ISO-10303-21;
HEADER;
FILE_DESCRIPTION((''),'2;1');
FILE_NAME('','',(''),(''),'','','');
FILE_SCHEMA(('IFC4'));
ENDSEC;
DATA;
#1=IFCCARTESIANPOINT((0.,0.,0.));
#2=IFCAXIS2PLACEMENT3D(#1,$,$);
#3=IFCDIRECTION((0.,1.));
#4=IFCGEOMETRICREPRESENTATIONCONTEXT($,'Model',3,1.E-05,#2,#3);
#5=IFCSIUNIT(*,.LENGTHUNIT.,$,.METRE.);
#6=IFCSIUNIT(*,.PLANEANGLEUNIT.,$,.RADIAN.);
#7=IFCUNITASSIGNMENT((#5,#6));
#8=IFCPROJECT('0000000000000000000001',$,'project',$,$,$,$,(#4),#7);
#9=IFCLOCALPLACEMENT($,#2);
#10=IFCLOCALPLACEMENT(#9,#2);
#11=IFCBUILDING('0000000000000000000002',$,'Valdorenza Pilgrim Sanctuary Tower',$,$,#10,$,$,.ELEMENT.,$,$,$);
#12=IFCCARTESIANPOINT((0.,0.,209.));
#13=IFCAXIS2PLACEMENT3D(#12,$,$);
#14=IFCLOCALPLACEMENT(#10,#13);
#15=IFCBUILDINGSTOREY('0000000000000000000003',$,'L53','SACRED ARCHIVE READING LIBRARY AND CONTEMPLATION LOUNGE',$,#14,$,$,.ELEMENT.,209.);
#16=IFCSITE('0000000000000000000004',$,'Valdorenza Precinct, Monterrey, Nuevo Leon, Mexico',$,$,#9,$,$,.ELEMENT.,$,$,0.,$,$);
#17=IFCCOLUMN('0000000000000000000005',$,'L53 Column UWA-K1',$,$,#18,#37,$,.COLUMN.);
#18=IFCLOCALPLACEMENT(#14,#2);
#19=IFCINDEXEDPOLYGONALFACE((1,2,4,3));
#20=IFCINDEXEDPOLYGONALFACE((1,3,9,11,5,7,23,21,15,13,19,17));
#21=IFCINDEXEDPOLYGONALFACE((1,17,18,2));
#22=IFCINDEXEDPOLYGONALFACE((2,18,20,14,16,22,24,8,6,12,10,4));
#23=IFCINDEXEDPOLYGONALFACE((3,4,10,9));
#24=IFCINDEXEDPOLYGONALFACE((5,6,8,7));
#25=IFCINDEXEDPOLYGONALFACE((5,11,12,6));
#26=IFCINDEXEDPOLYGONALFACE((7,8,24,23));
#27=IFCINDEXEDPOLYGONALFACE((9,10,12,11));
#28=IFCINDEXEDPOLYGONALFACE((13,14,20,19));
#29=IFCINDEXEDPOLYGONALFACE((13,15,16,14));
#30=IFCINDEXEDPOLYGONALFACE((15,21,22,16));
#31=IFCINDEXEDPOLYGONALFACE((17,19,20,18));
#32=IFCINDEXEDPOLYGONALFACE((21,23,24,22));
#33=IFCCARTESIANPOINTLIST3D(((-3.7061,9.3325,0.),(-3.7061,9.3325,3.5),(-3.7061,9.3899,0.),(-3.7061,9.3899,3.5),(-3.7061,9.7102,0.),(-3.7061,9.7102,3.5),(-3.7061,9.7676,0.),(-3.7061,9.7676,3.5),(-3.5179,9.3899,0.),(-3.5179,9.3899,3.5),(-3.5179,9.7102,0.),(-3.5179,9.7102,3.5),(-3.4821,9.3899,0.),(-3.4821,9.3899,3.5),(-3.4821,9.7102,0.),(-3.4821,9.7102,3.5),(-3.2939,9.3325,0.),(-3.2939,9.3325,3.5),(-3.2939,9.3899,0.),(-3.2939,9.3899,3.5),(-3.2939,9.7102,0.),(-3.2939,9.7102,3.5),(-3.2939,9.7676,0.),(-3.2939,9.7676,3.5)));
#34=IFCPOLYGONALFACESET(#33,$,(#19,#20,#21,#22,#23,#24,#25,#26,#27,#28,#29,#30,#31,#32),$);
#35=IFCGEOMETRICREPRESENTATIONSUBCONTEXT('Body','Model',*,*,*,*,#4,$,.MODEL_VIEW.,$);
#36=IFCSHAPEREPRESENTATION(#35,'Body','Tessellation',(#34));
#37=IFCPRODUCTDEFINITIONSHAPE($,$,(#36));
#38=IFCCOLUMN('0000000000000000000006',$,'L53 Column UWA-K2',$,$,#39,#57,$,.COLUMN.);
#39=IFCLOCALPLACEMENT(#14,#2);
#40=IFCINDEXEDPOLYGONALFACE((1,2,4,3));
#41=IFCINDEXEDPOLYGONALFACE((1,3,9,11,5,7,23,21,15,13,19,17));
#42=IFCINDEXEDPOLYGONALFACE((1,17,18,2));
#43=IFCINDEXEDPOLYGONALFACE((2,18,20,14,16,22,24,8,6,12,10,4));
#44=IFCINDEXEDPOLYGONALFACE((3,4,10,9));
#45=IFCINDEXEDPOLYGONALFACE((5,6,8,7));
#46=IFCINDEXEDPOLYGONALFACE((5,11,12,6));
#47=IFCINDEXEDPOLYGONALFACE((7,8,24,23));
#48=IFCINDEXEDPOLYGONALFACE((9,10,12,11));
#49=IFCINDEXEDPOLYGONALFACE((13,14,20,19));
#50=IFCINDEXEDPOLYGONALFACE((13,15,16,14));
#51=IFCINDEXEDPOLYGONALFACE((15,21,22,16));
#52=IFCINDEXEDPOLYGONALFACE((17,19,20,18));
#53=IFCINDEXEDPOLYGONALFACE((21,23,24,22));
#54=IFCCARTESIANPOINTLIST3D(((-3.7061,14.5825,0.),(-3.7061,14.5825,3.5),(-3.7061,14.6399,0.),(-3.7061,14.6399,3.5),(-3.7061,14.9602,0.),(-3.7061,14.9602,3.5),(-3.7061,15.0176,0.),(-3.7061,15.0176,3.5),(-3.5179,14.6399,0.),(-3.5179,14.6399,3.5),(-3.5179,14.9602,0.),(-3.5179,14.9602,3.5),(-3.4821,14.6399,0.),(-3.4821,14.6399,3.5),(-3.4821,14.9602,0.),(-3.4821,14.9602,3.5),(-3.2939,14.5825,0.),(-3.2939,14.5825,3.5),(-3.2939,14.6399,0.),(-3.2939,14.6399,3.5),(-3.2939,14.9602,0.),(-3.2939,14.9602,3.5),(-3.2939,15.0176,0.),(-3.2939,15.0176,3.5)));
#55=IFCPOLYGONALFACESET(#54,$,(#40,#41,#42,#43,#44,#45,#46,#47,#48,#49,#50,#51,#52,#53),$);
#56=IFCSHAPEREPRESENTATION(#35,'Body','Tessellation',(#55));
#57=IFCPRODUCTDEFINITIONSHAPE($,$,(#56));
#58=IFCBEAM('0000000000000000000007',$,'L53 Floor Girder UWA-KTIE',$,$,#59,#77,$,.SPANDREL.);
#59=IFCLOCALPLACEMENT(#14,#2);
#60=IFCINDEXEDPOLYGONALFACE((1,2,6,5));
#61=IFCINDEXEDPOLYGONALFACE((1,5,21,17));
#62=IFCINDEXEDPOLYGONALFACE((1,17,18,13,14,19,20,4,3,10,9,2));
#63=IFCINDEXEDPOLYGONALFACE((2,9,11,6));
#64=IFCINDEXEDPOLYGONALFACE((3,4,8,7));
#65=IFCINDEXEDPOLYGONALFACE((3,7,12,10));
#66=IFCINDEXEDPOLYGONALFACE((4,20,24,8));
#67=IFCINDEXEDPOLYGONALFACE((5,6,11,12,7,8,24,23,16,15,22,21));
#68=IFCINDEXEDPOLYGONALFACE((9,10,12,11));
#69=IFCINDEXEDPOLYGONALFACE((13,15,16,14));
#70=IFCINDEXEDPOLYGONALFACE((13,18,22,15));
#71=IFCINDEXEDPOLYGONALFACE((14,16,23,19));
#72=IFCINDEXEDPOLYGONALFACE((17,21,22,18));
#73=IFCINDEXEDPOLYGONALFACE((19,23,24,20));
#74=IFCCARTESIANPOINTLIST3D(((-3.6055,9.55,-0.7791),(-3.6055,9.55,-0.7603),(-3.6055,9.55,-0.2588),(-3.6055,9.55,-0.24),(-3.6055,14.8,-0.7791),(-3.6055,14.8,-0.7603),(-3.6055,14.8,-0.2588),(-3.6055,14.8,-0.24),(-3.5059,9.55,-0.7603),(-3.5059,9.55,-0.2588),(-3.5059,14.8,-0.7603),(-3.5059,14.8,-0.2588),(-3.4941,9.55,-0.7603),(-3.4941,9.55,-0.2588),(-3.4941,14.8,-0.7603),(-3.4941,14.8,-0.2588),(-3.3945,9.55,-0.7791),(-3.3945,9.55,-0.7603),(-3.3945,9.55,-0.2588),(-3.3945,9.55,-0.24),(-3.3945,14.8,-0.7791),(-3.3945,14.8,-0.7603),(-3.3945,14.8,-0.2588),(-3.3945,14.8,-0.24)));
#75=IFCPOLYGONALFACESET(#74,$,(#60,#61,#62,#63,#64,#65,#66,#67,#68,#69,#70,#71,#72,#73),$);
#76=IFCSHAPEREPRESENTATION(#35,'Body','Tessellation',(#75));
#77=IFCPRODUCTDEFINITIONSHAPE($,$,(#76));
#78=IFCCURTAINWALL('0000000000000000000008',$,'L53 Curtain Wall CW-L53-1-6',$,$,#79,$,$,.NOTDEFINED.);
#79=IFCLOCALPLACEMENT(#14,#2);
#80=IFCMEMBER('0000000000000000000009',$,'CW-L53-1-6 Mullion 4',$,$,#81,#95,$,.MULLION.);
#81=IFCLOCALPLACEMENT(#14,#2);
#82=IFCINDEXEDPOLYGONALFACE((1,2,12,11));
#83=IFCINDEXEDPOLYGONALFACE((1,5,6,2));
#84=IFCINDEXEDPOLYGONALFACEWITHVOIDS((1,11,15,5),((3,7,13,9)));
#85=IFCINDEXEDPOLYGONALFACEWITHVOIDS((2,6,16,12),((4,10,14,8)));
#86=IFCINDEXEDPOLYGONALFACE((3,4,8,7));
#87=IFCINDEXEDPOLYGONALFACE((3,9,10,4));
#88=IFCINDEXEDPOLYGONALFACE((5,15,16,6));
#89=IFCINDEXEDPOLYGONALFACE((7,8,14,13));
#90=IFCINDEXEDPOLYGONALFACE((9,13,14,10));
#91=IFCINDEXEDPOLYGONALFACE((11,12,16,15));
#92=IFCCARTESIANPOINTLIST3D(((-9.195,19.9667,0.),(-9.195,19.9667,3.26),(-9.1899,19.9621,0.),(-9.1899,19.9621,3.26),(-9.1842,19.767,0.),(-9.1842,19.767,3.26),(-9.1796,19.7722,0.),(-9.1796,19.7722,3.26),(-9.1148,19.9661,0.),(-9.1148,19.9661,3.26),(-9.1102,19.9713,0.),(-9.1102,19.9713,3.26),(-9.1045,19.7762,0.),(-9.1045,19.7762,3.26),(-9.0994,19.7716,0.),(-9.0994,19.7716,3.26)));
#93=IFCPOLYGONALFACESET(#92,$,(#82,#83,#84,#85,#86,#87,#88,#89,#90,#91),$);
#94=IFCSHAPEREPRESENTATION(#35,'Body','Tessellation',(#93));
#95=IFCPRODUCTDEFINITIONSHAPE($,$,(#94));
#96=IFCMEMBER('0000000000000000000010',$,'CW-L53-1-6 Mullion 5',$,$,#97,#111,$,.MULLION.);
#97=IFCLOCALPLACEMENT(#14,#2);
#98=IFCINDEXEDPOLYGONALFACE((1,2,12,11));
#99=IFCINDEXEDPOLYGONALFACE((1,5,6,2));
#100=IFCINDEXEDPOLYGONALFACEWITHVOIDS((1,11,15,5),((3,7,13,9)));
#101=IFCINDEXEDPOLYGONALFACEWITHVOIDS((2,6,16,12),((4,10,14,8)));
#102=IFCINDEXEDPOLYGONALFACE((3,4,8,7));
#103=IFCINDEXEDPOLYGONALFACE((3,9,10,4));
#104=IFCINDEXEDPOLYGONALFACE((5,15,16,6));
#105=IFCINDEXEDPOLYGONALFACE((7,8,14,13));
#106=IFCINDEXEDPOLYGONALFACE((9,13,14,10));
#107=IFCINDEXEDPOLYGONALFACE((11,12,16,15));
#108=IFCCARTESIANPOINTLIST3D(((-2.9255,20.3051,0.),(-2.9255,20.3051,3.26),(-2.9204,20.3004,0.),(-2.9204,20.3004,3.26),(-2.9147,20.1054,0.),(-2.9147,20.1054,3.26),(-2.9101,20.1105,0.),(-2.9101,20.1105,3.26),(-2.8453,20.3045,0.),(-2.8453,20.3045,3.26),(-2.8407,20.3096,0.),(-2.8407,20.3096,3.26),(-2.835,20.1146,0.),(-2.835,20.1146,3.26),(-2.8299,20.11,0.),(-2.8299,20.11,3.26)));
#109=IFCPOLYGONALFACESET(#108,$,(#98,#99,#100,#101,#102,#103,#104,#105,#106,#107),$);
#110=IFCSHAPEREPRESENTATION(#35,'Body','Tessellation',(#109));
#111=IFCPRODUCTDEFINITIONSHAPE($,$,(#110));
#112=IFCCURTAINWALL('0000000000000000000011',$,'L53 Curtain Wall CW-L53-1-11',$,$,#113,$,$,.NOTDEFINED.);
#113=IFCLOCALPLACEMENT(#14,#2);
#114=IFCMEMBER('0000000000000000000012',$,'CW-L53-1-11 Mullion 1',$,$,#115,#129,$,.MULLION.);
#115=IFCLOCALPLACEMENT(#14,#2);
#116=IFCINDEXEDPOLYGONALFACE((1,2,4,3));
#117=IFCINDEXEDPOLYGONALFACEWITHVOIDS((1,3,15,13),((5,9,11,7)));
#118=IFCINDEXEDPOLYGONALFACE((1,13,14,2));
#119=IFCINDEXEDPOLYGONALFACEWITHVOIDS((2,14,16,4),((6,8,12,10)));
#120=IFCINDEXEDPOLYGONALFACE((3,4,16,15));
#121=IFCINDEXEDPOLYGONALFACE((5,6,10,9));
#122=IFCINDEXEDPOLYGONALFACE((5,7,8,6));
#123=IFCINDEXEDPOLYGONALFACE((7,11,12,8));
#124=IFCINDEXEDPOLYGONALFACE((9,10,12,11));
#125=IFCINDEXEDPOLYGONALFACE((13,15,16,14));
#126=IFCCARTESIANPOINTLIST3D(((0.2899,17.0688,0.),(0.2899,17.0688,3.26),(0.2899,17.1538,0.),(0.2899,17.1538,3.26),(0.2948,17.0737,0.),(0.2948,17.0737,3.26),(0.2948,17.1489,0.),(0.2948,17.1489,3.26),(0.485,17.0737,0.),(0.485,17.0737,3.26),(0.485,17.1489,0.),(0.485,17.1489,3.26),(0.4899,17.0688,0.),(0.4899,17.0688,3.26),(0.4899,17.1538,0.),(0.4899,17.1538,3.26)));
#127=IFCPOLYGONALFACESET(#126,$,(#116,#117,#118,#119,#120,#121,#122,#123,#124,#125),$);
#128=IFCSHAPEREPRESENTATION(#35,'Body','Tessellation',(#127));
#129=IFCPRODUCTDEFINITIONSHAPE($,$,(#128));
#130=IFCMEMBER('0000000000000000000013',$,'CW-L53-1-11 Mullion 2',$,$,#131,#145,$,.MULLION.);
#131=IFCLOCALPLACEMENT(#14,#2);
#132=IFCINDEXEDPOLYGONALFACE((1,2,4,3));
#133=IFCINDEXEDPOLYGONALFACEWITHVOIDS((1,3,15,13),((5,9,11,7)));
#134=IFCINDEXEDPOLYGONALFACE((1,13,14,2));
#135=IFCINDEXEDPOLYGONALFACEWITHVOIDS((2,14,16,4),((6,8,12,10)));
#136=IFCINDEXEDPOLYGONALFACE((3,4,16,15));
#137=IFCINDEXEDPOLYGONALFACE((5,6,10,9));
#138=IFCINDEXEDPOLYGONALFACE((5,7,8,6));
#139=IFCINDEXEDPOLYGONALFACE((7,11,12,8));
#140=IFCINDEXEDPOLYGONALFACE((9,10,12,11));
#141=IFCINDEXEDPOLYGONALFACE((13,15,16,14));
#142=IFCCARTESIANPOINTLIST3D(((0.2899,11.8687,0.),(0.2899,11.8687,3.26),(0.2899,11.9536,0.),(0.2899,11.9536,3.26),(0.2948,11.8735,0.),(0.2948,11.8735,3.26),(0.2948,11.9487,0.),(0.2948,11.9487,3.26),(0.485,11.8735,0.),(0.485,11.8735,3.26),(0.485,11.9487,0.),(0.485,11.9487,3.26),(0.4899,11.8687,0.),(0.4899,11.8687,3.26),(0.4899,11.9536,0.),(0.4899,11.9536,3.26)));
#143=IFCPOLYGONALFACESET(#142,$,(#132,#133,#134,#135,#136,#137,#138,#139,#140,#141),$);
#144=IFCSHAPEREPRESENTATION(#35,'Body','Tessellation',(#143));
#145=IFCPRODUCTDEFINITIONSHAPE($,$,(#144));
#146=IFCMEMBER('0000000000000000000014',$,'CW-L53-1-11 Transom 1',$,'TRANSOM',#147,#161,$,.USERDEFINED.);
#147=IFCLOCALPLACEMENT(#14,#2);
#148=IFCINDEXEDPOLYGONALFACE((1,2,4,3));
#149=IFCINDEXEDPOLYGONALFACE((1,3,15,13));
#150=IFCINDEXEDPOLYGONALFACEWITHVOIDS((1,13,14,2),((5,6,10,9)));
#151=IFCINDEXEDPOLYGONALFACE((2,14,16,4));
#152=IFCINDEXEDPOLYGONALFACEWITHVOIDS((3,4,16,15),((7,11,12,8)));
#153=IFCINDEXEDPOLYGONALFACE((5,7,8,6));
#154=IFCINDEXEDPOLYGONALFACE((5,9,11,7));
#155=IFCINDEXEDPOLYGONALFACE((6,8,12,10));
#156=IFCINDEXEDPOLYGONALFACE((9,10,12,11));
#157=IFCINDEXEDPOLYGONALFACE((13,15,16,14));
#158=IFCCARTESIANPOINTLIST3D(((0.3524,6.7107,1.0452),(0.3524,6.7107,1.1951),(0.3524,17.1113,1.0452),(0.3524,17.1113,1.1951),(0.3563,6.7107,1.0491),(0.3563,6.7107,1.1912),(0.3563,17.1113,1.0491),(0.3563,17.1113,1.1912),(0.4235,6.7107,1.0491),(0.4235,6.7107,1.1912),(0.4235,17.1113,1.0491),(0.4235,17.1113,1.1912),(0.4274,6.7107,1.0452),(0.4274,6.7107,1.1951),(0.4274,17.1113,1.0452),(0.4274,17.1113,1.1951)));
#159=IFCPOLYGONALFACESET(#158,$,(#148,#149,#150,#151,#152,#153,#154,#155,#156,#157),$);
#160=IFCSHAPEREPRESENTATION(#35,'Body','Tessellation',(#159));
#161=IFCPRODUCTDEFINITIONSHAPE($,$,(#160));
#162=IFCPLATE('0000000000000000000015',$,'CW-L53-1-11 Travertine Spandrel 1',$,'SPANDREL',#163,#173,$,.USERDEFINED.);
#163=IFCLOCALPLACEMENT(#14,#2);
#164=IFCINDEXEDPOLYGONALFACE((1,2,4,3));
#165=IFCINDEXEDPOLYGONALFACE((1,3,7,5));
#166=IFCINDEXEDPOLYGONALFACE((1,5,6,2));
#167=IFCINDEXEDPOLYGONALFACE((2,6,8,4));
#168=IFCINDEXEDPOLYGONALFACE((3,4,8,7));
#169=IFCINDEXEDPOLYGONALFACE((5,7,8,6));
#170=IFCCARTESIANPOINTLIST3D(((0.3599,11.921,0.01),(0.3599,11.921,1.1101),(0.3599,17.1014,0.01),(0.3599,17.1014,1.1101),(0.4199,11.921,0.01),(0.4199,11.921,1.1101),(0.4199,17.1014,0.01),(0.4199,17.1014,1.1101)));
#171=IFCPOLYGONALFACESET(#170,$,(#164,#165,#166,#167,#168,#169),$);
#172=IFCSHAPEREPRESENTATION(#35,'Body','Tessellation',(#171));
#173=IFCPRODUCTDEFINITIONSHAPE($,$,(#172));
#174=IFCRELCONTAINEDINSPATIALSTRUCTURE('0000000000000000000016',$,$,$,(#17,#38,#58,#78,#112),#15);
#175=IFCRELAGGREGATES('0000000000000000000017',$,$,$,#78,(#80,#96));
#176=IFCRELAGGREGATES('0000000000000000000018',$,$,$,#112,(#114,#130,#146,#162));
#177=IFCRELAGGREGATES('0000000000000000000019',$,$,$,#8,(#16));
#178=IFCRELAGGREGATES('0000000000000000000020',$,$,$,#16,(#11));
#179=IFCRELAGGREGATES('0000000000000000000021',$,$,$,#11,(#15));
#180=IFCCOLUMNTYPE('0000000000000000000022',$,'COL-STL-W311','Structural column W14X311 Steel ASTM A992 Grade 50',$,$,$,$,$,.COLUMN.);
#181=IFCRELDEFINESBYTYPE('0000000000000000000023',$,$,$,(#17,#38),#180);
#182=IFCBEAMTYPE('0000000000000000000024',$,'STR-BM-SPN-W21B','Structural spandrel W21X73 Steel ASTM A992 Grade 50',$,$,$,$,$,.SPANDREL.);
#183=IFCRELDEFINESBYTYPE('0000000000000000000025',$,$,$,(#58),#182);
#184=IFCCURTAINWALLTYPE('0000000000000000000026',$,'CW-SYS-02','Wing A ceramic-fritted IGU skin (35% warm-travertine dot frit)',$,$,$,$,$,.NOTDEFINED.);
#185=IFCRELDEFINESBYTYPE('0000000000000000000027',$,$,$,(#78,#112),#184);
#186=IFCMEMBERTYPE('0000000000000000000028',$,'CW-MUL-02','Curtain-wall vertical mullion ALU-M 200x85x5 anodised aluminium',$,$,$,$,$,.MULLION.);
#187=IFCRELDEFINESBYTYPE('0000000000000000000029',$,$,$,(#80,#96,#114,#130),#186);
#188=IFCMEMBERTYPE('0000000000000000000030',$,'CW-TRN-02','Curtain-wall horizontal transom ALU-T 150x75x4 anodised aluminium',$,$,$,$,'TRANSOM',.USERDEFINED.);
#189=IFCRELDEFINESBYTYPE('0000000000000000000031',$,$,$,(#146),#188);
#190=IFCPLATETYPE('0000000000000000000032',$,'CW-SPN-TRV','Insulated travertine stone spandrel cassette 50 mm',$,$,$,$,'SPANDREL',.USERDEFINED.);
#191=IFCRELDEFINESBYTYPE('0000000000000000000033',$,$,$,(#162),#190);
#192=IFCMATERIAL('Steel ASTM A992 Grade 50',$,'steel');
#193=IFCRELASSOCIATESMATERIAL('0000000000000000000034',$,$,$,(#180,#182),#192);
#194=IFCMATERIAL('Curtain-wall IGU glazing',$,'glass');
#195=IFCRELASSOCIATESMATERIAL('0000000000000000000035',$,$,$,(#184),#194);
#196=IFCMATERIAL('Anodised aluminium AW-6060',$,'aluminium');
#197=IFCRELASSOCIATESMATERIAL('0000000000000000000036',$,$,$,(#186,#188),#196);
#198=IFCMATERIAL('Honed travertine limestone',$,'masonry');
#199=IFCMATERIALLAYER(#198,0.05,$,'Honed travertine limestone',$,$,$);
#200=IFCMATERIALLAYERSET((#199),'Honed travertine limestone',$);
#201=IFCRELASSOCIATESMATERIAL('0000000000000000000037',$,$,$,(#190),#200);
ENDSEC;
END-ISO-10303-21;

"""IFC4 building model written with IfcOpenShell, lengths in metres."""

from ifc_helpers import new_model, si_unit, direction, frame, origin, origin_2d, place, context, subcontext, project, spatial, rectangle, hollow_rectangle, i_section, extrude, source, transform, mapped, material, layer, layer_set, material_profile, profile_set, type_object, element, aggregate, save


model = new_model("IFC4")

# Units and contexts
model_context = context("Model", 3, precision=1e-05, world=origin(), true_north=direction((0.0, 1.0)))
body_context = subcontext(model_context, "Body", "Model", "MODEL_VIEW")
ifc_project = project(units=[si_unit("LENGTHUNIT", "METRE"), si_unit("PLANEANGLEUNIT", "RADIAN")], contexts=[model_context])

# Site, building, storey
site_placement = place(None, origin())
site = spatial("IfcSite", under=ifc_project, at=site_placement, Name="Valdorenza Precinct, Monterrey, Nuevo Leon, Mexico", CompositionType="ELEMENT", RefElevation=0.0)
building_placement = place(site_placement, origin())
building = spatial("IfcBuilding", under=site, at=building_placement, Name="Valdorenza Pilgrim Sanctuary Tower", CompositionType="ELEMENT")
storey_placement = place(building_placement, frame((0.0, 0.0, 209.0)))
storey = spatial("IfcBuildingStorey", under=building, at=storey_placement, Name="L53", Description="SACRED ARCHIVE READING LIBRARY AND CONTEMPLATION LOUNGE", CompositionType="ELEMENT", Elevation=209.0)

# Columns
ifc_material_1 = material(Name="Steel ASTM A992 Grade 50", Category="steel")
ifc_material_profile_1 = material_profile(ifc_material_1, i_section(OverallWidth=0.4121, OverallDepth=0.4351, WebThickness=0.0359, FlangeThickness=0.0574, at=origin_2d()), Name="W14X311")
ifc_profile_set_1 = profile_set([ifc_material_profile_1], Name="Steel ASTM A992 Grade 50")
column_type = type_object("IfcColumnType", Name="COL-STL-W311", Description="Structural column W14X311 Steel ASTM A992 Grade 50", PredefinedType="COLUMN", material=ifc_profile_set_1)
shared_shape_1 = source(origin(), body_context, "Body", "SweptSolid", [
    extrude(i_section(OverallWidth=0.4121, OverallDepth=0.4351, WebThickness=0.0359, FlangeThickness=0.0574, at=origin_2d()), origin(), (0.0, 0.0, 1.0), 3.5),
])
for number, where, z_axis, x_axis, name in (
    (1, (-3.5, 9.55, 0.0), (0.0, 0.0, 1.0), (1.0, 0.0, 0.0), "L53 Column UWA-K1"),
    (2, (-3.5, 14.8, 0.0), (0.0, 0.0, 1.0), (1.0, 0.0, 0.0), "L53 Column UWA-K2"),
):
    element("IfcColumn", number, at=place(storey_placement, frame(where, z_axis=z_axis, x_axis=x_axis)), inside=storey, type_object=column_type, Name=name, PredefinedType="COLUMN", context=body_context, shape_type="MappedRepresentation", body=[
        mapped(shared_shape_1, transform((0.0, 0.0, 0.0), x_axis=(1.0, 0.0, 0.0), y_axis=(0.0, 1.0, 0.0), z_axis=(0.0, 0.0, 1.0), scale=1.0)),
    ])

# Beam
ifc_material_profile_2 = material_profile(ifc_material_1, i_section(OverallWidth=0.2109, OverallDepth=0.5391, WebThickness=0.0117, FlangeThickness=0.0188, at=origin_2d()), Name="W21X73")
ifc_profile_set_2 = profile_set([ifc_material_profile_2], Name="Steel ASTM A992 Grade 50")
beam_type = type_object("IfcBeamType", Name="STR-BM-SPN-W21B", Description="Structural spandrel W21X73 Steel ASTM A992 Grade 50", PredefinedType="SPANDREL", material=ifc_profile_set_2)
shared_shape_2 = source(origin(), body_context, "Body", "SweptSolid", [
    extrude(i_section(OverallWidth=0.2109, OverallDepth=0.5391, WebThickness=0.0117, FlangeThickness=0.0188, at=origin_2d()), origin(), (0.0, 0.0, 1.0), 5.25),
])
beam_placement = place(storey_placement, frame((-3.5, 9.55, -0.5095), z_axis=(0.0, 1.0, 0.0), x_axis=(-1.0, 0.0, 0.0)))
element("IfcBeam", 3, at=beam_placement, inside=storey, type_object=beam_type, Name="L53 Floor Girder UWA-KTIE", PredefinedType="SPANDREL", context=body_context, shape_type="MappedRepresentation", body=[
    mapped(shared_shape_2, transform((0.0, 0.0, 0.0), x_axis=(1.0, 0.0, 0.0), y_axis=(0.0, 1.0, 0.0), z_axis=(0.0, 0.0, 1.0), scale=1.0)),
])

# Curtain wall, members
ifc_material_2 = material(Name="Curtain-wall IGU glazing", Category="glass")
curtain_wall_type = type_object("IfcCurtainWallType", Name="CW-SYS-02", Description="Wing A ceramic-fritted IGU skin (35% warm-travertine dot frit)", PredefinedType="NOTDEFINED", material=ifc_material_2)
curtain_wall_1_placement = place(storey_placement, origin())
curtain_wall_1 = element("IfcCurtainWall", 4, at=curtain_wall_1_placement, inside=storey, type_object=curtain_wall_type, Name="L53 Curtain Wall CW-L53-1-6", PredefinedType="NOTDEFINED")
ifc_material_3 = material(Name="Anodised aluminium AW-6060", Category="aluminium")
ifc_material_profile_3 = material_profile(ifc_material_3, hollow_rectangle(XDim=0.085, YDim=0.2, WallThickness=0.0049, at=origin_2d()), Name="ALU-M 200x85x5")
ifc_profile_set_3 = profile_set([ifc_material_profile_3], Name="Anodised aluminium AW-6060")
member_type_1 = type_object("IfcMemberType", Name="CW-MUL-02", Description="Curtain-wall vertical mullion ALU-M 200x85x5 anodised aluminium", PredefinedType="MULLION", material=ifc_profile_set_3)
shared_shape_3 = source(origin(), body_context, "Body", "SweptSolid", [
    extrude(hollow_rectangle(XDim=0.085, YDim=0.2, WallThickness=0.0049, at=origin_2d()), origin(), (0.0, 0.0, 1.0), 3.26),
])
member_1_placement = place(storey_placement, frame((-9.1472, 19.8691, 0.0), z_axis=(0.0, 0.0, 1.0), x_axis=(0.998547, 0.053887, 0.0)))
member_1 = element("IfcMember", 5, at=member_1_placement, type_object=member_type_1, Name="CW-L53-1-6 Mullion 4", PredefinedType="MULLION", context=body_context, shape_type="MappedRepresentation", body=[
    mapped(shared_shape_3, transform((0.0, 0.0, 0.0), x_axis=(1.0, 0.0, 0.0), y_axis=(0.0, 1.0, 0.0), z_axis=(0.0, 0.0, 1.0), scale=1.0)),
])
member_2_placement = place(storey_placement, frame((-2.8777, 20.2075, 0.0), z_axis=(0.0, 0.0, 1.0), x_axis=(0.998547, 0.053887, 0.0)))
member_2 = element("IfcMember", 6, at=member_2_placement, type_object=member_type_1, Name="CW-L53-1-6 Mullion 5", PredefinedType="MULLION", context=body_context, shape_type="MappedRepresentation", body=[
    mapped(shared_shape_3, transform((0.0, 0.0, 0.0), x_axis=(1.0, 0.0, 0.0), y_axis=(0.0, 1.0, 0.0), z_axis=(0.0, 0.0, 1.0), scale=1.0)),
])

# Curtain wall, members, plate
curtain_wall_2_placement = place(storey_placement, origin())
curtain_wall_2 = element("IfcCurtainWall", 7, at=curtain_wall_2_placement, inside=storey, type_object=curtain_wall_type, Name="L53 Curtain Wall CW-L53-1-11", PredefinedType="NOTDEFINED")
member_3_placement = place(storey_placement, frame((0.3899, 17.1113, 0.0), z_axis=(0.0, 0.0, 1.0), x_axis=(0.0, -1.0, 0.0)))
member_3 = element("IfcMember", 8, at=member_3_placement, type_object=member_type_1, Name="CW-L53-1-11 Mullion 1", PredefinedType="MULLION", context=body_context, shape_type="MappedRepresentation", body=[
    mapped(shared_shape_3, transform((0.0, 0.0, 0.0), x_axis=(1.0, 0.0, 0.0), y_axis=(0.0, 1.0, 0.0), z_axis=(0.0, 0.0, 1.0), scale=1.0)),
])
member_4_placement = place(storey_placement, frame((0.3899, 11.9111, 0.0), z_axis=(0.0, 0.0, 1.0), x_axis=(0.0, -1.0, 0.0)))
member_4 = element("IfcMember", 9, at=member_4_placement, type_object=member_type_1, Name="CW-L53-1-11 Mullion 2", PredefinedType="MULLION", context=body_context, shape_type="MappedRepresentation", body=[
    mapped(shared_shape_3, transform((0.0, 0.0, 0.0), x_axis=(1.0, 0.0, 0.0), y_axis=(0.0, 1.0, 0.0), z_axis=(0.0, 0.0, 1.0), scale=1.0)),
])
ifc_material_profile_4 = material_profile(ifc_material_3, hollow_rectangle(XDim=0.075, YDim=0.1499, WallThickness=0.0039, at=origin_2d()), Name="ALU-T 150x75x4")
ifc_profile_set_4 = profile_set([ifc_material_profile_4], Name="Anodised aluminium AW-6060")
member_type_2 = type_object("IfcMemberType", Name="CW-TRN-02", Description="Curtain-wall horizontal transom ALU-T 150x75x4 anodised aluminium", ElementType="TRANSOM", PredefinedType="USERDEFINED", material=ifc_profile_set_4)
shared_shape_4 = source(origin(), body_context, "Body", "SweptSolid", [
    extrude(hollow_rectangle(XDim=0.075, YDim=0.1499, WallThickness=0.0039, at=origin_2d()), origin(), (0.0, 0.0, 1.0), 10.4006),
])
member_5_placement = place(storey_placement, frame((0.3899, 17.1113, 1.1201), z_axis=(0.0, -1.0, 0.0), x_axis=(1.0, 0.0, 0.0)))
member_5 = element("IfcMember", 10, at=member_5_placement, type_object=member_type_2, Name="CW-L53-1-11 Transom 1", ObjectType="TRANSOM", PredefinedType="USERDEFINED", context=body_context, shape_type="MappedRepresentation", body=[
    mapped(shared_shape_4, transform((0.0, 0.0, 0.0), x_axis=(1.0, 0.0, 0.0), y_axis=(0.0, 1.0, 0.0), z_axis=(0.0, 0.0, 1.0), scale=1.0)),
])
ifc_material_4 = material(Name="Honed travertine limestone", Category="masonry")
ifc_layer_1 = layer(ifc_material_4, 0.05, Name="Honed travertine limestone")
ifc_layer_set_1 = layer_set([ifc_layer_1], Name="Honed travertine limestone")
plate_type_1 = type_object("IfcPlateType", Name="CW-SPN-TRV", Description="Insulated travertine stone spandrel cassette 50 mm", ElementType="SPANDREL", PredefinedType="USERDEFINED", material=ifc_layer_set_1)
shared_shape_5 = source(origin(), body_context, "Body", "SweptSolid", [
    extrude(rectangle(XDim=5.1804, YDim=0.0601, at=origin_2d()), origin(), (0.0, 0.0, 1.0), 1.1001),
])
plate_1_placement = place(storey_placement, frame((0.3899, 14.5112, 0.01), z_axis=(0.0, 0.0, 1.0), x_axis=(0.0, -1.0, 0.0)))
plate_1 = element("IfcPlate", 11, at=plate_1_placement, type_object=plate_type_1, Name="CW-L53-1-11 Travertine Spandrel 1", ObjectType="SPANDREL", PredefinedType="USERDEFINED", context=body_context, shape_type="MappedRepresentation", body=[
    mapped(shared_shape_5, transform((0.0, 0.0, 0.0), x_axis=(1.0, 0.0, 0.0), y_axis=(0.0, 1.0, 0.0), z_axis=(0.0, 0.0, 1.0), scale=1.0)),
])

aggregate(curtain_wall_1, [member_1, member_2])
aggregate(curtain_wall_2, [member_3, member_4, member_5, plate_1])

save(model, "model.ifc")
